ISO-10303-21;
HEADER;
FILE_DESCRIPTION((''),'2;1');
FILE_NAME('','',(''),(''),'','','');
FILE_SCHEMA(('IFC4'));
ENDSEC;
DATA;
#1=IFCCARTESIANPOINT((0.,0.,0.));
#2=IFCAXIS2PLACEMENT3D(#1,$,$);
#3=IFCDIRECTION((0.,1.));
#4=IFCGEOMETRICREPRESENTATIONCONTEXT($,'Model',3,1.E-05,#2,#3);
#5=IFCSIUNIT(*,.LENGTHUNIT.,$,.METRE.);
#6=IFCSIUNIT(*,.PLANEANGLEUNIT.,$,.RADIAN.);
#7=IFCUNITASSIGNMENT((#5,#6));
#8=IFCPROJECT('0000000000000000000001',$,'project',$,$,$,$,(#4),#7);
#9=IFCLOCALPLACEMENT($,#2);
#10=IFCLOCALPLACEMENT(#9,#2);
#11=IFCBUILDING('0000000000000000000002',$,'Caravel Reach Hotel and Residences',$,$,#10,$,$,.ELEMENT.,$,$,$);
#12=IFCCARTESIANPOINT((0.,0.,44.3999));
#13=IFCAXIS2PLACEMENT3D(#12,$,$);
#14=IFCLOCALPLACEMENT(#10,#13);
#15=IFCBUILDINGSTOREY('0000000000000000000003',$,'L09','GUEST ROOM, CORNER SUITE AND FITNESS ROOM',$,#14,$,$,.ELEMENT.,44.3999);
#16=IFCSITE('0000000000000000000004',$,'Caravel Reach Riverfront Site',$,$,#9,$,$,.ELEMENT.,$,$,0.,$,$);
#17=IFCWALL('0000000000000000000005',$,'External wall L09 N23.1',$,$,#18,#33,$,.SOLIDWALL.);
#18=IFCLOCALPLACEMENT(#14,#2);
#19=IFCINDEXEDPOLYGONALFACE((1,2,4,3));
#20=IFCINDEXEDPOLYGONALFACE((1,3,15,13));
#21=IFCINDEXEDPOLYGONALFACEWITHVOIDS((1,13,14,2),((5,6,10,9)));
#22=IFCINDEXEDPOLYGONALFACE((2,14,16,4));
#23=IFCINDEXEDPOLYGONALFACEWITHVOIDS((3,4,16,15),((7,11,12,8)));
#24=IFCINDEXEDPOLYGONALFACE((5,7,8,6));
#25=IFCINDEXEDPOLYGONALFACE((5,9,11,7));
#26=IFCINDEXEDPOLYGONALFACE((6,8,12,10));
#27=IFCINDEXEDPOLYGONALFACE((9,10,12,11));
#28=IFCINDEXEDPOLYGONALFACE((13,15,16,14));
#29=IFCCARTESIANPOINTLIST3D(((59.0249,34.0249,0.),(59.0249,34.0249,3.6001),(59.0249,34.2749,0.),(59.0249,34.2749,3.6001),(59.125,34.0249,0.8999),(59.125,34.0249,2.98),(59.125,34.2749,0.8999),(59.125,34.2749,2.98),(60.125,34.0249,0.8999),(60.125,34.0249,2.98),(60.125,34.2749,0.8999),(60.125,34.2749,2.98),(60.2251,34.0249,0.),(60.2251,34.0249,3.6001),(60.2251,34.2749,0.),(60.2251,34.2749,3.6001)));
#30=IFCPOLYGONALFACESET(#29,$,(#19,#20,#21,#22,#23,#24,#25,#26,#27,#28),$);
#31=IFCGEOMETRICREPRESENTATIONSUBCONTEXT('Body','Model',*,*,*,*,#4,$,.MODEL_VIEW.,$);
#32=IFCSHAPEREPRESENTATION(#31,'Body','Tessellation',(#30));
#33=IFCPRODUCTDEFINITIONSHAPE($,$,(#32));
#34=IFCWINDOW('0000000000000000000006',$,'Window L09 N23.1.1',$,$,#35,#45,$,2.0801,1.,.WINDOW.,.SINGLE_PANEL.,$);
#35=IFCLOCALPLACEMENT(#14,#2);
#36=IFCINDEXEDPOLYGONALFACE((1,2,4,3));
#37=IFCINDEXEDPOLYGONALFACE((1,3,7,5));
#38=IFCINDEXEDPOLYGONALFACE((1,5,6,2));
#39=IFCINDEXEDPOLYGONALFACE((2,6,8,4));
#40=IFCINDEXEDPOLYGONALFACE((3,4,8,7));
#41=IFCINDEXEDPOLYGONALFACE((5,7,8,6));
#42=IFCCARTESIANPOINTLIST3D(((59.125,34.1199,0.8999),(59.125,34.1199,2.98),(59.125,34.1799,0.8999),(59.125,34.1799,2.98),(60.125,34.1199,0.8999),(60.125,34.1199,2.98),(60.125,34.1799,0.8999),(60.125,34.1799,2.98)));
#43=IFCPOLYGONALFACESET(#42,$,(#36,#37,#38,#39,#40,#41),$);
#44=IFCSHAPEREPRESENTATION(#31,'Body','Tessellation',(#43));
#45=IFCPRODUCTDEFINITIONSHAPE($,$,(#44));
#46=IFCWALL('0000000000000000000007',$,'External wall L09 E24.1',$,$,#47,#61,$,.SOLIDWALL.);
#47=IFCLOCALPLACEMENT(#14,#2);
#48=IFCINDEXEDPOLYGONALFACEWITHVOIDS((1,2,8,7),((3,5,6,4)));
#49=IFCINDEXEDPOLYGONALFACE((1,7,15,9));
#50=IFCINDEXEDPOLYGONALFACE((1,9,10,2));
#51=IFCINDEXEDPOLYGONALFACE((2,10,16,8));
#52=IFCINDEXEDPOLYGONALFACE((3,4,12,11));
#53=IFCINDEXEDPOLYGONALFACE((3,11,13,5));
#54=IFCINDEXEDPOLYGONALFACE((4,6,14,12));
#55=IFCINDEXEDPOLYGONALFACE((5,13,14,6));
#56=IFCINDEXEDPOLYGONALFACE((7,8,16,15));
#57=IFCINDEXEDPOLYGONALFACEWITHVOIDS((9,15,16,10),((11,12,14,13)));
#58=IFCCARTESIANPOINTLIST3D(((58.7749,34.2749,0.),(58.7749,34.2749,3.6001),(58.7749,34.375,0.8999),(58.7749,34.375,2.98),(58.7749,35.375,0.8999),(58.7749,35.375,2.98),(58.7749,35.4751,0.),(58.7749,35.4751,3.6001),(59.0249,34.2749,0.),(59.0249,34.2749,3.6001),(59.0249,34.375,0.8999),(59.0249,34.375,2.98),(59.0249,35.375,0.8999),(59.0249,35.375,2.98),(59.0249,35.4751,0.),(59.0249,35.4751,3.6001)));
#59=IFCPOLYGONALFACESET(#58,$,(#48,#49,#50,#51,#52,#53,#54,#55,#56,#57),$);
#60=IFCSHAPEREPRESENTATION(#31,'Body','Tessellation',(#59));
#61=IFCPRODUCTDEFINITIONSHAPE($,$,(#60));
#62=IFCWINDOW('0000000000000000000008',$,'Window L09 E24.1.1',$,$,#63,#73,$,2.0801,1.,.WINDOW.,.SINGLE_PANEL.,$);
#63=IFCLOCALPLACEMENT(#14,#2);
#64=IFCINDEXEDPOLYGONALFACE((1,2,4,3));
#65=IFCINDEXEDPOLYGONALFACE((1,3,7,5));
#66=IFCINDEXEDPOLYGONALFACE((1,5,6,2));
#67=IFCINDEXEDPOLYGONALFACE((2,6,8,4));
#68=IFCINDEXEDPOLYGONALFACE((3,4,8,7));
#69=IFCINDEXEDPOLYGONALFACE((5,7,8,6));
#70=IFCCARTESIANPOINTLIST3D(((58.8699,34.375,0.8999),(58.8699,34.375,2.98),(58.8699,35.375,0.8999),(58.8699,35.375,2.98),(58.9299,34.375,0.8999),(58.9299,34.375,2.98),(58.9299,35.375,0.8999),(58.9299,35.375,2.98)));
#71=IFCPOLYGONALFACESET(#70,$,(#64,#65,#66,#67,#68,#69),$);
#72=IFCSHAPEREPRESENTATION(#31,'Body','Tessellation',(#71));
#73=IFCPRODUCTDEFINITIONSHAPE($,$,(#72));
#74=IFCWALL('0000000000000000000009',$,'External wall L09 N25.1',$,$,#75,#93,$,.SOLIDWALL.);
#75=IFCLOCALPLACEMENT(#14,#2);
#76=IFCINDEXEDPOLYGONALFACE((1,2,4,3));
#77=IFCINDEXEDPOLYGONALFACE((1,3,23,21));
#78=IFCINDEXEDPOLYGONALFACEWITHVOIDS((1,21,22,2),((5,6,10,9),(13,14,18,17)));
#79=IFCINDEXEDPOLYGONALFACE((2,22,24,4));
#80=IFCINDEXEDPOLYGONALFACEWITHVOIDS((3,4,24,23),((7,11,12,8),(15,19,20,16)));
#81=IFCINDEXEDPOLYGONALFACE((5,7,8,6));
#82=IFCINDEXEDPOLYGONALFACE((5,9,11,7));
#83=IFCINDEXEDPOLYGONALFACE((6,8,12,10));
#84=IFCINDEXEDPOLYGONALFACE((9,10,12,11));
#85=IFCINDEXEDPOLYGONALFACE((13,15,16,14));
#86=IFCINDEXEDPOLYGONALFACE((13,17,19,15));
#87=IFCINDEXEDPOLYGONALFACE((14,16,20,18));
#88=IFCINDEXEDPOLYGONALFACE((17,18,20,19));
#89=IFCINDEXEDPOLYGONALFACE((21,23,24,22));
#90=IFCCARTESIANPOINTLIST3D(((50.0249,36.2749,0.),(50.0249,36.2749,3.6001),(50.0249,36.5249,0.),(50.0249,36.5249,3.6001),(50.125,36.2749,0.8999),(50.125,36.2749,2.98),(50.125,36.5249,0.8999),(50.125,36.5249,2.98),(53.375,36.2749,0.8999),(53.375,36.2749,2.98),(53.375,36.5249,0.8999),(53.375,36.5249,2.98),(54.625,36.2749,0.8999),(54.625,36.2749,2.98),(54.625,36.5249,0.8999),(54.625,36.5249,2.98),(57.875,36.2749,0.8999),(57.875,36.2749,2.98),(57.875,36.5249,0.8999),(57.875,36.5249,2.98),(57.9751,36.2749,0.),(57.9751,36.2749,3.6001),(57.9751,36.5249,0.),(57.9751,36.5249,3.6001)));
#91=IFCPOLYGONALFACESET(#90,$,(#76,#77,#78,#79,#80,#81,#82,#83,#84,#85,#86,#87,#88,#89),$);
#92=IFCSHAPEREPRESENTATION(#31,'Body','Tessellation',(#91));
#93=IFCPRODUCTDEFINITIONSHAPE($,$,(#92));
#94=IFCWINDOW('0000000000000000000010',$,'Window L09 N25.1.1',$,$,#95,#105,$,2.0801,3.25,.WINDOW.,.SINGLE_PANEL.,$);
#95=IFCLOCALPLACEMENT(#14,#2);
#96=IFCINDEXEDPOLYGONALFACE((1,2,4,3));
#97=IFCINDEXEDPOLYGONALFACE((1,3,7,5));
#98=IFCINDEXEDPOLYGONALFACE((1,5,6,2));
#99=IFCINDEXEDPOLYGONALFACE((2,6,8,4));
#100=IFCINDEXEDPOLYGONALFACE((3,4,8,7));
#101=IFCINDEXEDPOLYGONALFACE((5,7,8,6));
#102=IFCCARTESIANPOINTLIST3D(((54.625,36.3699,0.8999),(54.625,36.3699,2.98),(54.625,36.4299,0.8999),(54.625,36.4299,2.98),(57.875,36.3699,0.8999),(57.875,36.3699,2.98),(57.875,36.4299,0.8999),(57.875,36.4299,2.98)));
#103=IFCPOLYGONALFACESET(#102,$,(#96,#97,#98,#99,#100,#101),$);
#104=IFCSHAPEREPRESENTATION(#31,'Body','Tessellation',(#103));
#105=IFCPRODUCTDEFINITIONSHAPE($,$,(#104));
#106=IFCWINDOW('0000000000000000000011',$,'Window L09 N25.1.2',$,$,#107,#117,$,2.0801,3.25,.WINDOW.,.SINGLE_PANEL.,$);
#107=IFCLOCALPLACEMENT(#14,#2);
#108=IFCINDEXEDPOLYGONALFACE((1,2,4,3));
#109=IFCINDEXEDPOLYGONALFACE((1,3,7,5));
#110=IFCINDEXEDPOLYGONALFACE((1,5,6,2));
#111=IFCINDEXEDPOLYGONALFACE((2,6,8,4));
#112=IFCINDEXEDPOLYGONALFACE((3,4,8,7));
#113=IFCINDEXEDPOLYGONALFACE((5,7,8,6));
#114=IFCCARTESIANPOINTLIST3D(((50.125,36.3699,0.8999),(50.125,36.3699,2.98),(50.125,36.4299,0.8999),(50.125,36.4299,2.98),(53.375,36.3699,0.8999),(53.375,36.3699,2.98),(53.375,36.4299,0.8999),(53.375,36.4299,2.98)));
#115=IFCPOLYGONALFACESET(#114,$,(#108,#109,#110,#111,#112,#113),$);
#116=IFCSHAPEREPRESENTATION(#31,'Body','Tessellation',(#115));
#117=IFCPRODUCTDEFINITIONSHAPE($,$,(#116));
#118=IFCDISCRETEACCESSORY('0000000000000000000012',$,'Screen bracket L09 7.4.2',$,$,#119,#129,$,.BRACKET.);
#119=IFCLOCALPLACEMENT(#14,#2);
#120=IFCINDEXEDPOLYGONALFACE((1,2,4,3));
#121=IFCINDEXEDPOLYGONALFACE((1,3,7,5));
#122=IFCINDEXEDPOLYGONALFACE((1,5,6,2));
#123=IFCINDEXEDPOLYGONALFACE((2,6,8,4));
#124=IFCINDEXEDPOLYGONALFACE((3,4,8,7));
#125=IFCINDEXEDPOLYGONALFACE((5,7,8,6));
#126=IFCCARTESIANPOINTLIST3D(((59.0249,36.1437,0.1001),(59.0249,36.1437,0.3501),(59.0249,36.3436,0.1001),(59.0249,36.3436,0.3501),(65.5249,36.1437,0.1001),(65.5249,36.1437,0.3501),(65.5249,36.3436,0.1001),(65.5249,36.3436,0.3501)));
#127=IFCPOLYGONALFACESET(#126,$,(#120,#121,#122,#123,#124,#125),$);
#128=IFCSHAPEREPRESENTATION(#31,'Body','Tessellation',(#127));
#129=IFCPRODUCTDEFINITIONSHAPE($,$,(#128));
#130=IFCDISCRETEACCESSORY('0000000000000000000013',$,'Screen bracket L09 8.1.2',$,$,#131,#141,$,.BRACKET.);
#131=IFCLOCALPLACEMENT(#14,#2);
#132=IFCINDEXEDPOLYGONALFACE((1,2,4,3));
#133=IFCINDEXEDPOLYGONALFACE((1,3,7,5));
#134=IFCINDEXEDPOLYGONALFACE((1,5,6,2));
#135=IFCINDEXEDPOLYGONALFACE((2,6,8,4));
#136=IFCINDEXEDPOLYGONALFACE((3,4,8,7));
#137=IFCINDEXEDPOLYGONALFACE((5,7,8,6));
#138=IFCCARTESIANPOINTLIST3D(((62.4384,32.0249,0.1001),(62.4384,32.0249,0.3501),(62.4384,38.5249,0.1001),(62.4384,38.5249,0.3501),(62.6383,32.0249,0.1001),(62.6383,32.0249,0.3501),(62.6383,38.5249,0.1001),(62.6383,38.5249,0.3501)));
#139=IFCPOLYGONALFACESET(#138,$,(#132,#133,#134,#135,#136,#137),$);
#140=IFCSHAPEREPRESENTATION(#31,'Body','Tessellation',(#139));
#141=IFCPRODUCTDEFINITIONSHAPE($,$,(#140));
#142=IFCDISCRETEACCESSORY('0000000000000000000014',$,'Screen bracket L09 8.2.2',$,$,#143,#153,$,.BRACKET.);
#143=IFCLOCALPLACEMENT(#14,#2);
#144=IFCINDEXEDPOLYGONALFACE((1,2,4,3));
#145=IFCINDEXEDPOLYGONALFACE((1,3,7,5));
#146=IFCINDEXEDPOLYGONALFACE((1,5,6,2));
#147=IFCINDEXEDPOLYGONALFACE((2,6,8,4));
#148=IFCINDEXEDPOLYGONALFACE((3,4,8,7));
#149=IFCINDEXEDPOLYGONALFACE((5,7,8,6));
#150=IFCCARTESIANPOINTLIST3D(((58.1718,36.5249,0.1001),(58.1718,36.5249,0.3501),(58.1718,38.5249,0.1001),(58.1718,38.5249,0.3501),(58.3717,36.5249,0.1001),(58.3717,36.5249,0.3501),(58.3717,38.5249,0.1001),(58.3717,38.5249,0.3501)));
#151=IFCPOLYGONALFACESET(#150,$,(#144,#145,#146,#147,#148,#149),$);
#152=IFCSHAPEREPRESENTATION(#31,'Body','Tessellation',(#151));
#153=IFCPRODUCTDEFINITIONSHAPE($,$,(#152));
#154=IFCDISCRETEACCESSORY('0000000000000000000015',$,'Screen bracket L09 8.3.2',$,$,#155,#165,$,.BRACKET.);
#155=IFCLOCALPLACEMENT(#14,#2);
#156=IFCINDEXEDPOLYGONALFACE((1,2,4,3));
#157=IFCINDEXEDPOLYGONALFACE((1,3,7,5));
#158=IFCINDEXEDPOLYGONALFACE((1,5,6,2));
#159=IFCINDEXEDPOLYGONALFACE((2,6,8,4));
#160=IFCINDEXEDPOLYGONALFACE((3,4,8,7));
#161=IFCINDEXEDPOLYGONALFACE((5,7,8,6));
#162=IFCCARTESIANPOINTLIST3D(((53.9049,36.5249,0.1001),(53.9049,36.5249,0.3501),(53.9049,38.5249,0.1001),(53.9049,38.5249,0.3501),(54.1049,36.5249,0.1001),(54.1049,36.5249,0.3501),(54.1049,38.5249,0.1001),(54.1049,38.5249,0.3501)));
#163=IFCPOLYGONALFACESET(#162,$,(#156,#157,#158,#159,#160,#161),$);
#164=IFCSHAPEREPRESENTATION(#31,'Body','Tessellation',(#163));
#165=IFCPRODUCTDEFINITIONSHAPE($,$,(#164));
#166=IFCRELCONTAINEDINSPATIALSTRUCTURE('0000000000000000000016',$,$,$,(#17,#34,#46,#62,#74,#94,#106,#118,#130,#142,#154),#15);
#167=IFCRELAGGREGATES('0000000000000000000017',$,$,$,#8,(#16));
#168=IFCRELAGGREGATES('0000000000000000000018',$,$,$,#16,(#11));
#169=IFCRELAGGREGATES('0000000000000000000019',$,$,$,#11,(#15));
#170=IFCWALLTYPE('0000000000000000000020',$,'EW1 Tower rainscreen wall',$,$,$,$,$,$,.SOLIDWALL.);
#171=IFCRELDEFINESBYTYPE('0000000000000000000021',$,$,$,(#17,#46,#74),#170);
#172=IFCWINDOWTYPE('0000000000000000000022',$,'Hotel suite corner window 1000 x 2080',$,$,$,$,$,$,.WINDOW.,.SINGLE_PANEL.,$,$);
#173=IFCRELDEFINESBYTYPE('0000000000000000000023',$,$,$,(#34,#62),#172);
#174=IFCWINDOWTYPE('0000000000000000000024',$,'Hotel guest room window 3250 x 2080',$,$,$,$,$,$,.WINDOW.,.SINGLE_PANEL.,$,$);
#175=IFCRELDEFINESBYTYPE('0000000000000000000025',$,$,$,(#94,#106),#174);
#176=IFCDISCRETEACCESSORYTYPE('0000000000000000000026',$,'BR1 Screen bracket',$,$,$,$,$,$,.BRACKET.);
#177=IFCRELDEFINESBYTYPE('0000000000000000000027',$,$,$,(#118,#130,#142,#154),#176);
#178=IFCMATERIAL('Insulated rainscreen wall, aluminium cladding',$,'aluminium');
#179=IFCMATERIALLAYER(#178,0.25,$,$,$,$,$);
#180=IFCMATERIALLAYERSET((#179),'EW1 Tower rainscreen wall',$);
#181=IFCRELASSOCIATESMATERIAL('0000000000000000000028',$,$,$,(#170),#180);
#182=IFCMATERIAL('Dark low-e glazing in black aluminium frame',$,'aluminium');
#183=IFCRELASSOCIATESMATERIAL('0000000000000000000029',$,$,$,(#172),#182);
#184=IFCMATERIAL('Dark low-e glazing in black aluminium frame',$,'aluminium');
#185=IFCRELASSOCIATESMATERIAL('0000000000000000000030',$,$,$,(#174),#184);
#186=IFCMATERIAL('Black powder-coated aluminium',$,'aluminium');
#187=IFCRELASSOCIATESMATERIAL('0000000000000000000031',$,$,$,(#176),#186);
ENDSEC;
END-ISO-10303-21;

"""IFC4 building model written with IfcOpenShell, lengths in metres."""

from ifc_helpers import new_model, si_unit, direction, frame, frame_2d, origin, origin_2d, place, context, subcontext, project, spatial, rectangle, extrude, material, layer, layer_set, type_object, element, fill, save


model = new_model("IFC4")

# Units and contexts
model_context = context("Model", 3, precision=1e-05, world=origin(), true_north=direction((0.0, 1.0)))
body_context = subcontext(model_context, "Body", "Model", "MODEL_VIEW")
ifc_project = project(units=[si_unit("LENGTHUNIT", "METRE"), si_unit("PLANEANGLEUNIT", "RADIAN")], contexts=[model_context])

# Site, building, storey
site_placement = place(None, origin())
site = spatial("IfcSite", under=ifc_project, at=site_placement, Name="Caravel Reach Riverfront Site", CompositionType="ELEMENT", RefElevation=0.0)
building_placement = place(site_placement, origin())
building = spatial("IfcBuilding", under=site, at=building_placement, Name="Caravel Reach Hotel and Residences", CompositionType="ELEMENT")
storey_placement = place(building_placement, frame((0.0, 0.0, 44.3999)))
storey = spatial("IfcBuildingStorey", under=building, at=storey_placement, Name="L09", Description="GUEST ROOM, CORNER SUITE AND FITNESS ROOM", CompositionType="ELEMENT", Elevation=44.3999)

# Walls, openings, windows
ifc_material_1 = material(Name="Insulated rainscreen wall, aluminium cladding", Category="aluminium")
ifc_layer = layer(ifc_material_1, 0.25)
ifc_layer_set = layer_set([ifc_layer], Name="EW1 Tower rainscreen wall")
wall_type = type_object("IfcWallType", Name="EW1 Tower rainscreen wall", PredefinedType="SOLIDWALL", material=ifc_layer_set)
wall_1_placement = place(storey_placement, frame((60.2251, 34.1499, 0.0), z_axis=(0.0, 0.0, 1.0), x_axis=(-1.0, 0.0, 0.0)))
wall_1 = element("IfcWall", 1, at=wall_1_placement, inside=storey, type_object=wall_type, Name="External wall L09 N23.1", PredefinedType="SOLIDWALL", context=body_context, shape_type="SweptSolid", body=[
    extrude(rectangle(XDim=1.2002, YDim=0.25, at=frame_2d((0.6001, 0.0))), origin(), (0.0, 0.0, 1.0), 3.6001),
])
opening_1_placement = place(wall_1_placement, frame((0.1001, 0.0, 0.8999)))
opening_1 = element("IfcOpeningElement", 2, at=opening_1_placement, cuts=wall_1, PredefinedType="OPENING", context=body_context, shape_type="SweptSolid", body=[
    extrude(rectangle(XDim=1.0, YDim=2.0801, at=frame_2d((0.5, 1.04))), frame((0.0, 0.135, 0.0), z_axis=(0.0, -1.0, 0.0), x_axis=(1.0, 0.0, 0.0)), (0.0, 0.0, 1.0), 0.27),
])
ifc_material_2 = material(Name="Dark low-e glazing in black aluminium frame", Category="aluminium")
window_type_1 = type_object("IfcWindowType", Name="Hotel suite corner window 1000 x 2080", PartitioningType="SINGLE_PANEL", PredefinedType="WINDOW", material=ifc_material_2)
window_1_placement = place(opening_1_placement, origin())
window_1 = element("IfcWindow", 3, at=window_1_placement, inside=storey, type_object=window_type_1, Name="Window L09 N23.1.1", OverallHeight=2.0801, OverallWidth=1.0, PartitioningType="SINGLE_PANEL", PredefinedType="WINDOW", context=body_context, shape_type="SweptSolid", body=[
    extrude(rectangle(XDim=1.0, YDim=2.0801, at=frame_2d((0.5, 1.04))), frame((0.0, 0.03, 0.0), z_axis=(0.0, -1.0, 0.0), x_axis=(1.0, 0.0, 0.0)), (0.0, 0.0, 1.0), 0.0601),
])
fill(opening_1, window_1)
wall_2_placement = place(storey_placement, frame((58.8999, 34.2749, 0.0), z_axis=(0.0, 0.0, 1.0), x_axis=(0.0, 1.0, 0.0)))
wall_2 = element("IfcWall", 4, at=wall_2_placement, inside=storey, type_object=wall_type, Name="External wall L09 E24.1", PredefinedType="SOLIDWALL", context=body_context, shape_type="SweptSolid", body=[
    extrude(rectangle(XDim=1.2002, YDim=0.25, at=frame_2d((0.6001, 0.0))), origin(), (0.0, 0.0, 1.0), 3.6001),
])
opening_2_placement = place(wall_2_placement, frame((0.1001, 0.0, 0.8999)))
opening_2 = element("IfcOpeningElement", 5, at=opening_2_placement, cuts=wall_2, PredefinedType="OPENING", context=body_context, shape_type="SweptSolid", body=[
    extrude(rectangle(XDim=1.0, YDim=2.0801, at=frame_2d((0.5, 1.04))), frame((0.0, 0.135, 0.0), z_axis=(0.0, -1.0, 0.0), x_axis=(1.0, 0.0, 0.0)), (0.0, 0.0, 1.0), 0.27),
])
window_2_placement = place(opening_2_placement, origin())
window_2 = element("IfcWindow", 6, at=window_2_placement, inside=storey, type_object=window_type_1, Name="Window L09 E24.1.1", OverallHeight=2.0801, OverallWidth=1.0, PartitioningType="SINGLE_PANEL", PredefinedType="WINDOW", context=body_context, shape_type="SweptSolid", body=[
    extrude(rectangle(XDim=1.0, YDim=2.0801, at=frame_2d((0.5, 1.04))), frame((0.0, 0.03, 0.0), z_axis=(0.0, -1.0, 0.0), x_axis=(1.0, 0.0, 0.0)), (0.0, 0.0, 1.0), 0.0601),
])
fill(opening_2, window_2)

# Wall, openings, windows
wall_3_placement = place(storey_placement, frame((57.9751, 36.3999, 0.0), z_axis=(0.0, 0.0, 1.0), x_axis=(-1.0, 0.0, 0.0)))
wall_3 = element("IfcWall", 7, at=wall_3_placement, inside=storey, type_object=wall_type, Name="External wall L09 N25.1", PredefinedType="SOLIDWALL", context=body_context, shape_type="SweptSolid", body=[
    extrude(rectangle(XDim=7.9502, YDim=0.25, at=frame_2d((3.9751, 0.0))), origin(), (0.0, 0.0, 1.0), 3.6001),
])
opening_3_placement = place(wall_3_placement, frame((0.1001, 0.0, 0.8999)))
opening_3 = element("IfcOpeningElement", 8, at=opening_3_placement, cuts=wall_3, PredefinedType="OPENING", context=body_context, shape_type="SweptSolid", body=[
    extrude(rectangle(XDim=3.25, YDim=2.0801, at=frame_2d((1.625, 1.04))), frame((0.0, 0.135, 0.0), z_axis=(0.0, -1.0, 0.0), x_axis=(1.0, 0.0, 0.0)), (0.0, 0.0, 1.0), 0.27),
])
opening_4_placement = place(wall_3_placement, frame((4.6001, 0.0, 0.8999)))
opening_4 = element("IfcOpeningElement", 9, at=opening_4_placement, cuts=wall_3, PredefinedType="OPENING", context=body_context, shape_type="SweptSolid", body=[
    extrude(rectangle(XDim=3.25, YDim=2.0801, at=frame_2d((1.625, 1.04))), frame((0.0, 0.135, 0.0), z_axis=(0.0, -1.0, 0.0), x_axis=(1.0, 0.0, 0.0)), (0.0, 0.0, 1.0), 0.27),
])
ifc_material_3 = material(Name="Dark low-e glazing in black aluminium frame", Category="aluminium")
window_type_2 = type_object("IfcWindowType", Name="Hotel guest room window 3250 x 2080", PartitioningType="SINGLE_PANEL", PredefinedType="WINDOW", material=ifc_material_3)
window_3_placement = place(opening_3_placement, origin())
window_3 = element("IfcWindow", 10, at=window_3_placement, inside=storey, type_object=window_type_2, Name="Window L09 N25.1.1", OverallHeight=2.0801, OverallWidth=3.25, PartitioningType="SINGLE_PANEL", PredefinedType="WINDOW", context=body_context, shape_type="SweptSolid", body=[
    extrude(rectangle(XDim=3.25, YDim=2.0801, at=frame_2d((1.625, 1.04))), frame((0.0, 0.03, 0.0), z_axis=(0.0, -1.0, 0.0), x_axis=(1.0, 0.0, 0.0)), (0.0, 0.0, 1.0), 0.0601),
])
fill(opening_3, window_3)
window_4_placement = place(opening_4_placement, origin())
window_4 = element("IfcWindow", 11, at=window_4_placement, inside=storey, type_object=window_type_2, Name="Window L09 N25.1.2", OverallHeight=2.0801, OverallWidth=3.25, PartitioningType="SINGLE_PANEL", PredefinedType="WINDOW", context=body_context, shape_type="SweptSolid", body=[
    extrude(rectangle(XDim=3.25, YDim=2.0801, at=frame_2d((1.625, 1.04))), frame((0.0, 0.03, 0.0), z_axis=(0.0, -1.0, 0.0), x_axis=(1.0, 0.0, 0.0)), (0.0, 0.0, 1.0), 0.0601),
])
fill(opening_4, window_4)

# Discrete accessories
ifc_material_4 = material(Name="Black powder-coated aluminium", Category="aluminium")
discrete_accessory_type = type_object("IfcDiscreteAccessoryType", Name="BR1 Screen bracket", PredefinedType="BRACKET", material=ifc_material_4)
for number, where, z_axis, x_axis, name in (
    (12, (62.2749, 36.2437, 0.1001), (0.0, 0.0, 1.0), (1.0, 0.0, 0.0), "Screen bracket L09 7.4.2"),
    (13, (62.5383, 35.2749, 0.1001), (0.0, 0.0, 1.0), (0.0, 1.0, 0.0), "Screen bracket L09 8.1.2"),
):
    element("IfcDiscreteAccessory", number, at=place(storey_placement, frame(where, z_axis=z_axis, x_axis=x_axis)), inside=storey, type_object=discrete_accessory_type, Name=name, PredefinedType="BRACKET", context=body_context, shape_type="SweptSolid", body=[
        extrude(rectangle(XDim=6.5, YDim=0.2, at=origin_2d()), origin(), (0.0, 0.0, 1.0), 0.25),
    ])
for number, where, z_axis, x_axis, name in (
    (14, (58.2717, 37.5249, 0.1001), (0.0, 0.0, 1.0), (0.0, 1.0, 0.0), "Screen bracket L09 8.2.2"),
    (15, (54.0049, 37.5249, 0.1001), (0.0, 0.0, 1.0), (0.0, 1.0, 0.0), "Screen bracket L09 8.3.2"),
):
    element("IfcDiscreteAccessory", number, at=place(storey_placement, frame(where, z_axis=z_axis, x_axis=x_axis)), inside=storey, type_object=discrete_accessory_type, Name=name, PredefinedType="BRACKET", context=body_context, shape_type="SweptSolid", body=[
        extrude(rectangle(XDim=2.0, YDim=0.2, at=origin_2d()), origin(), (0.0, 0.0, 1.0), 0.25),
    ])

save(model, "model.ifc")
